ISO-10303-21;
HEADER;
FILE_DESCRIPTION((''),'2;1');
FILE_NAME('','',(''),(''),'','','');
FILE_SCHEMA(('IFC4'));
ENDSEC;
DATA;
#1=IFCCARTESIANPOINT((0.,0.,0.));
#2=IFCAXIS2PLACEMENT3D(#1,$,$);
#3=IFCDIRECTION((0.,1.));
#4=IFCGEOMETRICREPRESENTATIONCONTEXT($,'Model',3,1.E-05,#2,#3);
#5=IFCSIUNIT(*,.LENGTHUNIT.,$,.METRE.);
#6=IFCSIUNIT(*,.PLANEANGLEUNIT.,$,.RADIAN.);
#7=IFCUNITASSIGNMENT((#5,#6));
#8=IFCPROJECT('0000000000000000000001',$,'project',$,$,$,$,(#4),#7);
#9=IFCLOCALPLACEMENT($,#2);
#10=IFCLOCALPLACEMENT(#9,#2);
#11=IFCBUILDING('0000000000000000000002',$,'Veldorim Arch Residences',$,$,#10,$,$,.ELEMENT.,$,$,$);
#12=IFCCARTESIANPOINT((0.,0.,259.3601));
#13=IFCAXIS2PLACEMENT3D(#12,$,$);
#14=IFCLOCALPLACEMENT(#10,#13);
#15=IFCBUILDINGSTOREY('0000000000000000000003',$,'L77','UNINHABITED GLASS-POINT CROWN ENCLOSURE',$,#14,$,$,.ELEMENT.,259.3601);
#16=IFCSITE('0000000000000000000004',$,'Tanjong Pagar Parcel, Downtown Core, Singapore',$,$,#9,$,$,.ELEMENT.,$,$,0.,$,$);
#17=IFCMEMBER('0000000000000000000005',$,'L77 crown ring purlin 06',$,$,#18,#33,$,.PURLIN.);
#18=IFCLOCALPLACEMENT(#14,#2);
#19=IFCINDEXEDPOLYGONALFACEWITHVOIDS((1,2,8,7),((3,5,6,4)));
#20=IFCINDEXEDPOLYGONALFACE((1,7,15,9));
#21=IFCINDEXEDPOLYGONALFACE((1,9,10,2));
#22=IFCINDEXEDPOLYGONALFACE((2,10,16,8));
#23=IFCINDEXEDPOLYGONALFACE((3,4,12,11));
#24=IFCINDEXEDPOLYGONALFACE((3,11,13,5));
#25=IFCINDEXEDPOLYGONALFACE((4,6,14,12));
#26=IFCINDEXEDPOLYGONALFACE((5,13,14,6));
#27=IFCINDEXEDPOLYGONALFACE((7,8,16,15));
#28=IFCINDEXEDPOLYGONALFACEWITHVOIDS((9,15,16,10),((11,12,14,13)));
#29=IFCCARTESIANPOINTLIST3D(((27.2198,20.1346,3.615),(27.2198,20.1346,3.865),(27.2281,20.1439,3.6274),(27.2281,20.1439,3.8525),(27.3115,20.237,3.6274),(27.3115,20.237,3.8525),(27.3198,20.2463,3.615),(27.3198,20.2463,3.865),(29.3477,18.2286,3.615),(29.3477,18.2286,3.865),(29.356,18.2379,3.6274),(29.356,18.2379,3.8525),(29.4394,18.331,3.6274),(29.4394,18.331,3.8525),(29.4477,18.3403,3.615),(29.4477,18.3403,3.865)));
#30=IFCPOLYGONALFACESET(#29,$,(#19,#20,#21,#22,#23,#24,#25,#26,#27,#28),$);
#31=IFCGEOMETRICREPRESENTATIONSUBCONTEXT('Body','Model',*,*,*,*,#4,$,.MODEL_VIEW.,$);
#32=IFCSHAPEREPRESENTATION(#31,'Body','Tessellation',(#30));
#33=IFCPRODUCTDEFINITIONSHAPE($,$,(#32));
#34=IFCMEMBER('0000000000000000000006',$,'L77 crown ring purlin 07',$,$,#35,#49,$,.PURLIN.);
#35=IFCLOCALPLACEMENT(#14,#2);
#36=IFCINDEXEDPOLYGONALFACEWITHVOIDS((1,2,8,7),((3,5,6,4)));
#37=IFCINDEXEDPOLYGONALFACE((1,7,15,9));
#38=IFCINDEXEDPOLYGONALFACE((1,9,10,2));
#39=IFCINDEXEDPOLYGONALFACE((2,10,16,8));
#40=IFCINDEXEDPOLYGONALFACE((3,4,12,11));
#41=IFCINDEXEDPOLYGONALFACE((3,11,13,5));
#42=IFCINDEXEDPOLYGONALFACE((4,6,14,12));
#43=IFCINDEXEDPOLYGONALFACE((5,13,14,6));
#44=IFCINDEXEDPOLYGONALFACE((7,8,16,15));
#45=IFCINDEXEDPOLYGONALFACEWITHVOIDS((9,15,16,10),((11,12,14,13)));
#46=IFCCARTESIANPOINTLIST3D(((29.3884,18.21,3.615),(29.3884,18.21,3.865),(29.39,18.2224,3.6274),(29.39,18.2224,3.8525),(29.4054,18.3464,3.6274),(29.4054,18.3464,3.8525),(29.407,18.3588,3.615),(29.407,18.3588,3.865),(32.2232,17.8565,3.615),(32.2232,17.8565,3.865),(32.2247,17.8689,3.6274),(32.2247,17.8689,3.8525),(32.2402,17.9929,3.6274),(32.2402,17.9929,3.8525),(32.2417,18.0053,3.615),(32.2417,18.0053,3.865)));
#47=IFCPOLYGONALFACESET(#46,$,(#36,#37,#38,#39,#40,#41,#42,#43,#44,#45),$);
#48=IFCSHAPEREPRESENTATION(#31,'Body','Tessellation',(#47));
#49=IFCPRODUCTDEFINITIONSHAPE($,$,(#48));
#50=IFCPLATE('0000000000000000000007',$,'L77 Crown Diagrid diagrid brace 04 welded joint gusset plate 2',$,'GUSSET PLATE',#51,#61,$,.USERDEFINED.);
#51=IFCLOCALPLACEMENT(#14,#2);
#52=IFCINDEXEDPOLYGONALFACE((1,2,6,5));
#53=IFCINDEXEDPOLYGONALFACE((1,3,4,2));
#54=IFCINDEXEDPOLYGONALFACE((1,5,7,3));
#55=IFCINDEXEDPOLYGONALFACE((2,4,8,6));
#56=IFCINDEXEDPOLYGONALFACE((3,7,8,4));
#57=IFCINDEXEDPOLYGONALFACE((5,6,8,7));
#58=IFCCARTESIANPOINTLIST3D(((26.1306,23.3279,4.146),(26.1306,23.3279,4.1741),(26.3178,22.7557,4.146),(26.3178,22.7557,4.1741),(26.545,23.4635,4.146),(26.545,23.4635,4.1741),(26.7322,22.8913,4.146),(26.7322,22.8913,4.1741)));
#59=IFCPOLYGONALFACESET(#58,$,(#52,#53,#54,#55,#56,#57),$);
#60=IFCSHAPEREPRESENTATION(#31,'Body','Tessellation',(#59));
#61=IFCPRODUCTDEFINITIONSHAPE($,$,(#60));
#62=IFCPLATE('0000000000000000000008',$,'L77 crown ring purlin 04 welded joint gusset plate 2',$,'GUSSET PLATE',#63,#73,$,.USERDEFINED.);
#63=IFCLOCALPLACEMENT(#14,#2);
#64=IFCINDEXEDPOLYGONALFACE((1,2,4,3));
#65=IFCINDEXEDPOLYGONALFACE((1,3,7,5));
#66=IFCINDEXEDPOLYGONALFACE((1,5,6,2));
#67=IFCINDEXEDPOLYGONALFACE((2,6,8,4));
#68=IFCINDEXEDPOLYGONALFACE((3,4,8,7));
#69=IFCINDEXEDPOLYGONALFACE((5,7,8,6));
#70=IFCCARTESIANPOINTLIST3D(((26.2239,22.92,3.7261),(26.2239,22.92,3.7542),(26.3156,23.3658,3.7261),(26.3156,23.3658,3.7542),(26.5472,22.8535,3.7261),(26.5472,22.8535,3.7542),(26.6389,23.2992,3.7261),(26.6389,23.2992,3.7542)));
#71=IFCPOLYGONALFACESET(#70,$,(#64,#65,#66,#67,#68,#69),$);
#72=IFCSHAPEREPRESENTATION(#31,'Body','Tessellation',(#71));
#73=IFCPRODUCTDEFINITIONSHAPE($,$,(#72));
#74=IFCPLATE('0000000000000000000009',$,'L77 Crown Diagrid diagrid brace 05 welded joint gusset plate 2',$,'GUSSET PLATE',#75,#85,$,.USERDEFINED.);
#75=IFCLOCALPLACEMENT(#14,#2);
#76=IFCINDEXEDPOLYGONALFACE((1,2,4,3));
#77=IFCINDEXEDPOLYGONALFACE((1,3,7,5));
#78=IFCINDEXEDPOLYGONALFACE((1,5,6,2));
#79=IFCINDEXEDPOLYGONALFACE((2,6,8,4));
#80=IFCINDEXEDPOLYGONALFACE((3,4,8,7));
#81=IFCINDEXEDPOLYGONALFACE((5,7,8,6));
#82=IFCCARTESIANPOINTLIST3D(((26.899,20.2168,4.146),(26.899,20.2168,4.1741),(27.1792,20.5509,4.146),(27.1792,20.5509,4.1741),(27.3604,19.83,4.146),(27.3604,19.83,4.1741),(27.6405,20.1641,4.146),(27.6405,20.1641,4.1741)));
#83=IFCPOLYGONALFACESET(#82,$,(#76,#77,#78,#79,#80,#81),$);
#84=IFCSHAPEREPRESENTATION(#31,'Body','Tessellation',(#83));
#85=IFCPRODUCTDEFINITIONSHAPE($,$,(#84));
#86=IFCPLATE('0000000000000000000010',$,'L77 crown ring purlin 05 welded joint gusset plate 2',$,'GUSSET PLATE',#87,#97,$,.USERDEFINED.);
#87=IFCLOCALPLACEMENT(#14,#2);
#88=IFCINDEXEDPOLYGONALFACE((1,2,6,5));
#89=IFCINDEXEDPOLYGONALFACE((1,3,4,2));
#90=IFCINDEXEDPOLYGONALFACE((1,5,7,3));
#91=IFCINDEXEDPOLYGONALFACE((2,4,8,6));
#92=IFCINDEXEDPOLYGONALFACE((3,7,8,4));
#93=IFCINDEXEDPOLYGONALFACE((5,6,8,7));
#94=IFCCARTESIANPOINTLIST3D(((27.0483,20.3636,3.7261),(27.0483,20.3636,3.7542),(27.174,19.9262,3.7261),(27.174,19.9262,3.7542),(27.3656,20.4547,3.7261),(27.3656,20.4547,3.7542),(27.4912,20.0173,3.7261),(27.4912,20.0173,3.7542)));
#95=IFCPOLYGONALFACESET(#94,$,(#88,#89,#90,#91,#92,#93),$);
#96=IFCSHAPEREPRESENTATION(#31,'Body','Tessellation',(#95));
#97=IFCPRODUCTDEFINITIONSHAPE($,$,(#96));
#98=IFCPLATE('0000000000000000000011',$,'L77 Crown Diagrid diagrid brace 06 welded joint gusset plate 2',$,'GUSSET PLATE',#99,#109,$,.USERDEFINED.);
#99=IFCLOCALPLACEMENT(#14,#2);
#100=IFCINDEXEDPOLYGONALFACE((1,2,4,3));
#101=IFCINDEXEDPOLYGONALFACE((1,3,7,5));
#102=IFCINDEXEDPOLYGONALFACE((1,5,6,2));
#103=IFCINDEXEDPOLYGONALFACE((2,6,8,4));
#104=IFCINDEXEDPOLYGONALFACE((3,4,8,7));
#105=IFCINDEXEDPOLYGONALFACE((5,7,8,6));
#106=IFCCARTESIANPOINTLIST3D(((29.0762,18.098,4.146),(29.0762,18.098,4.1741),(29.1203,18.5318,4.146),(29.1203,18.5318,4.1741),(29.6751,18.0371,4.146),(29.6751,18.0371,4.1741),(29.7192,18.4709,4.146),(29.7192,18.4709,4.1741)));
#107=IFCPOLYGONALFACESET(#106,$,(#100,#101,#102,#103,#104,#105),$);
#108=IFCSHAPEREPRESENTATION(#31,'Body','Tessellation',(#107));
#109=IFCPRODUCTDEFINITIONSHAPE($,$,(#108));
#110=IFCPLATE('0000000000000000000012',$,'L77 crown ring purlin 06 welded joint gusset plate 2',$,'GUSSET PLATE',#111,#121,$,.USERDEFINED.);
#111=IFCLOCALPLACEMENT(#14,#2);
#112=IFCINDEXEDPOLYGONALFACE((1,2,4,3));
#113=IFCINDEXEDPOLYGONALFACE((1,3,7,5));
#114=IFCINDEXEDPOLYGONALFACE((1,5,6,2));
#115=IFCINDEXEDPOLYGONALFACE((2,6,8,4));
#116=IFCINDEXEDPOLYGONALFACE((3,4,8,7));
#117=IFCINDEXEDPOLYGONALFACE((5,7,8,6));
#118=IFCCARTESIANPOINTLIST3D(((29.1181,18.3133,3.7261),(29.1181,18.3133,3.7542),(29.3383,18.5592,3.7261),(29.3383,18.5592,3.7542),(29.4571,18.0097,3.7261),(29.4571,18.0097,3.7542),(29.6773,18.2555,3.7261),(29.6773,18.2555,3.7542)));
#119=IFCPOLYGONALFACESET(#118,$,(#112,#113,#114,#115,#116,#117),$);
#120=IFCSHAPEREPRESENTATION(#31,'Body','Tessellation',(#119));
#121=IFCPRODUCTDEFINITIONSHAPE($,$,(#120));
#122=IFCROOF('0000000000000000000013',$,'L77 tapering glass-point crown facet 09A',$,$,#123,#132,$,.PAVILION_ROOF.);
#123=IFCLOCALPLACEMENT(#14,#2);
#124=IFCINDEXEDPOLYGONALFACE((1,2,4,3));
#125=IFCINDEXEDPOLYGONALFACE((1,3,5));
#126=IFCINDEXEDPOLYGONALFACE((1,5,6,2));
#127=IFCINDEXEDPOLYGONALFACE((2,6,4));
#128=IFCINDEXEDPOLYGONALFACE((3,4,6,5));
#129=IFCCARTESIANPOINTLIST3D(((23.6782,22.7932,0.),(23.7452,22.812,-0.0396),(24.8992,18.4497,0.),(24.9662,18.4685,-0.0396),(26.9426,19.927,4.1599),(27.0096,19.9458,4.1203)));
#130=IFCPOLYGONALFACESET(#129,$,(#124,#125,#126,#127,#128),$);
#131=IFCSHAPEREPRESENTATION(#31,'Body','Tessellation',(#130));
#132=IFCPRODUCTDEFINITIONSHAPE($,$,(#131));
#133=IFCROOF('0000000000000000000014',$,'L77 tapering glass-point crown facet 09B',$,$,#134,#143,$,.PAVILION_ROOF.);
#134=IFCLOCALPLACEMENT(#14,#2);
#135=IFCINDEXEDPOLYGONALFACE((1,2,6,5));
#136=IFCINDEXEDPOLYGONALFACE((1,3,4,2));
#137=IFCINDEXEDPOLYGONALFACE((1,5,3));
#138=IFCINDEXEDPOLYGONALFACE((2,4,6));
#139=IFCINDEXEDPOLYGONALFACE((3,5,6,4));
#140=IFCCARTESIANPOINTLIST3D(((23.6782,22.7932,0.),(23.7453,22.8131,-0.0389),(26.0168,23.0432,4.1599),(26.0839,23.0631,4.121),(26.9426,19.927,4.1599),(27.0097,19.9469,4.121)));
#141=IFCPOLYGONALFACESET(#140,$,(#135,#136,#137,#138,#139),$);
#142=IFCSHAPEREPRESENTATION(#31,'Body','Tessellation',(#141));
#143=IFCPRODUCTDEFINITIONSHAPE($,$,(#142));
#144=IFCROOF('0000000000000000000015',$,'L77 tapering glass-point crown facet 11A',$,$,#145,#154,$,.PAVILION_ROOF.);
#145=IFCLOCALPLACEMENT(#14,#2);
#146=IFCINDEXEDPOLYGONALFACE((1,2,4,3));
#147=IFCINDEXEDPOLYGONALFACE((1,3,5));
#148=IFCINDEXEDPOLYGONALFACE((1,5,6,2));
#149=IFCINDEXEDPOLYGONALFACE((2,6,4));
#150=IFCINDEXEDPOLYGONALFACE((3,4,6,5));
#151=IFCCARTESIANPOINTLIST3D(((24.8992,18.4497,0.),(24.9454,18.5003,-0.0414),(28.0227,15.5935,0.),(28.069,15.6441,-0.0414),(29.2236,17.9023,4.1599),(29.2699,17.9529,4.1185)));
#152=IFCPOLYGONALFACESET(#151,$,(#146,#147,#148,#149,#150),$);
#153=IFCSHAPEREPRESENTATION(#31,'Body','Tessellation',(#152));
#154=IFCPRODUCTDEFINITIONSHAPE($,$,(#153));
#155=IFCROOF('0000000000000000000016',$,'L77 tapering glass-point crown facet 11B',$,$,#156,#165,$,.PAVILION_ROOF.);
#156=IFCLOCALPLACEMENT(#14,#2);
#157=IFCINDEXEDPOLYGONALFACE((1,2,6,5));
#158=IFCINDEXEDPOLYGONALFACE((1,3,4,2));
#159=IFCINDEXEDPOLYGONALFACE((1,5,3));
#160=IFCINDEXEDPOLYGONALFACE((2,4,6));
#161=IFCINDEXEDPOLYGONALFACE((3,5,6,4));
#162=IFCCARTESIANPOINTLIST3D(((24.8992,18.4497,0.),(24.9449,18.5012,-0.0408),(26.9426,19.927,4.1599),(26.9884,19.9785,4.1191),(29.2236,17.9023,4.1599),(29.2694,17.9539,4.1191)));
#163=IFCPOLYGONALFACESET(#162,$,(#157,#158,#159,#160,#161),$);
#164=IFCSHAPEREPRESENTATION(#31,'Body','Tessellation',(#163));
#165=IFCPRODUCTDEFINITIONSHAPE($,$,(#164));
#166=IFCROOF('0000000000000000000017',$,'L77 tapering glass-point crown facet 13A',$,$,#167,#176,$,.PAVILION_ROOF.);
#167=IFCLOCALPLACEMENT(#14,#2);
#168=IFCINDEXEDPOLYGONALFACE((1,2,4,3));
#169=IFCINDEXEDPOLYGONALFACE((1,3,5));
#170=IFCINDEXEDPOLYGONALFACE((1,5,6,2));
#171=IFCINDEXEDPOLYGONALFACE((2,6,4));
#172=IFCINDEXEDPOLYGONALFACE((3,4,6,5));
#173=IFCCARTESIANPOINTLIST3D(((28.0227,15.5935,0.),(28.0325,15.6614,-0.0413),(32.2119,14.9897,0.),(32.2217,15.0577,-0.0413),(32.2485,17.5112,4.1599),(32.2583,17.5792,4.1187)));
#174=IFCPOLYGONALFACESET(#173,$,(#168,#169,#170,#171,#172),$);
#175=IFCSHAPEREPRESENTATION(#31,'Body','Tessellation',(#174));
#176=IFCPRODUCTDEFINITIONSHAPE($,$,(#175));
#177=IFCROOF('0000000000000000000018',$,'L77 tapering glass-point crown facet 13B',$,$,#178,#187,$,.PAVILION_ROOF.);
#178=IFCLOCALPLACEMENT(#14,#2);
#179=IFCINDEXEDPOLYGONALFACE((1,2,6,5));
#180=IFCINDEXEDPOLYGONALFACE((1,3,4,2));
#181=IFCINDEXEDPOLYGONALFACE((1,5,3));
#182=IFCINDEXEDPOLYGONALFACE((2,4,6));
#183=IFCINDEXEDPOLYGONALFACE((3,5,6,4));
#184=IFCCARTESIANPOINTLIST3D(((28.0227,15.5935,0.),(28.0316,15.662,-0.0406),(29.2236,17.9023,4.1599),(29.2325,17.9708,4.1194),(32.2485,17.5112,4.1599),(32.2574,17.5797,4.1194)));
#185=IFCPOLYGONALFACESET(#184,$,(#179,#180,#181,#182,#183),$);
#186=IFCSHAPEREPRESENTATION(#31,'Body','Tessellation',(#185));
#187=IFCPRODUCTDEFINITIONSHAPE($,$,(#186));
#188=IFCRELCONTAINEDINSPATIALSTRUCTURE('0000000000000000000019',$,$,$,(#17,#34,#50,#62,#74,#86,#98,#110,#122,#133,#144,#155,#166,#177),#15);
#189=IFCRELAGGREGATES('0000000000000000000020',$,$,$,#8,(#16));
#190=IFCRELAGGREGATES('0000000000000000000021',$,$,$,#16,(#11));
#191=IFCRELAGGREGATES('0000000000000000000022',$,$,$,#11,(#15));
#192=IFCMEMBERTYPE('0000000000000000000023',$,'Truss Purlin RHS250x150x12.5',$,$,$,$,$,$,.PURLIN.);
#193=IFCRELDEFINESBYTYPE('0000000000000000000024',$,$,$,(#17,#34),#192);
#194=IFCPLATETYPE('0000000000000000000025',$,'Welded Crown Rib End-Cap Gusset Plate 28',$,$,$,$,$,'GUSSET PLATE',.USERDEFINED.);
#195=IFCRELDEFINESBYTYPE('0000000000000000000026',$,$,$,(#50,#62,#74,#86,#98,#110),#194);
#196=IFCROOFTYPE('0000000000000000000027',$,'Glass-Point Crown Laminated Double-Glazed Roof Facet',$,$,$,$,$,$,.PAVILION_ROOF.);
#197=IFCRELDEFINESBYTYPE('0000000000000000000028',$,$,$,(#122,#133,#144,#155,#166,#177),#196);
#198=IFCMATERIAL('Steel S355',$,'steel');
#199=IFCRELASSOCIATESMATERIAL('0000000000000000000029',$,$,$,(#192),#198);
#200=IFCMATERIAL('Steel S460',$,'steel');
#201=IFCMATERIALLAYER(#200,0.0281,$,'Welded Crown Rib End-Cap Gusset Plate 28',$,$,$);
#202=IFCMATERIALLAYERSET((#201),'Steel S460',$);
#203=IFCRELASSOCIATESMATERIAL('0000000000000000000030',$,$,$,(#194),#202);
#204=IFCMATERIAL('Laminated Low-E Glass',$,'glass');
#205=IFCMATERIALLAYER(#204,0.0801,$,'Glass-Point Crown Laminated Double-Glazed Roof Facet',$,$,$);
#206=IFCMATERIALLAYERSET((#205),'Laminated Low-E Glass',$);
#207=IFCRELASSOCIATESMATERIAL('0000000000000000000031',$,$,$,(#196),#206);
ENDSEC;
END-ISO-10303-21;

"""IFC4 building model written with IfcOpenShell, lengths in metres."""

from ifc_helpers import new_model, si_unit, direction, frame, origin, origin_2d, place, context, subcontext, project, spatial, polyline, rectangle, hollow_rectangle, outline, extrude, material, layer, layer_set, material_profile, profile_set, type_object, element, save


model = new_model("IFC4")

# Units and contexts
model_context = context("Model", 3, precision=1e-05, world=origin(), true_north=direction((0.0, 1.0)))
body_context = subcontext(model_context, "Body", "Model", "MODEL_VIEW")
ifc_project = project(units=[si_unit("LENGTHUNIT", "METRE"), si_unit("PLANEANGLEUNIT", "RADIAN")], contexts=[model_context])

# Site, building, storey
site_placement = place(None, origin())
site = spatial("IfcSite", under=ifc_project, at=site_placement, Name="Tanjong Pagar Parcel, Downtown Core, Singapore", CompositionType="ELEMENT", RefElevation=0.0)
building_placement = place(site_placement, origin())
building = spatial("IfcBuilding", under=site, at=building_placement, Name="Veldorim Arch Residences", CompositionType="ELEMENT")
storey_placement = place(building_placement, frame((0.0, 0.0, 259.3601)))
storey = spatial("IfcBuildingStorey", under=building, at=storey_placement, Name="L77", Description="UNINHABITED GLASS-POINT CROWN ENCLOSURE", CompositionType="ELEMENT", Elevation=259.3601)

# Members
ifc_material_1 = material(Name="Steel S355", Category="steel")
ifc_material_profile_1 = material_profile(ifc_material_1, hollow_rectangle(XDim=0.1499, YDim=0.25, WallThickness=0.0125, at=origin_2d()), Name="RHS250x150x12.5")
ifc_profile_set_1 = profile_set([ifc_material_profile_1], Name="Steel S355")
member_type_1 = type_object("IfcMemberType", Name="Truss Purlin RHS250x150x12.5", PredefinedType="PURLIN", material=ifc_profile_set_1)
for number, where, z_axis, x_axis, name in (
    (1, (27.2698, 20.1904, 3.74), (0.744881, -0.667197, 0.0), (0.667197, 0.744881, 0.0), "L77 crown ring purlin 06"),
    (2, (29.3977, 18.2844, 3.74), (0.992313, -0.123751, 0.0), (0.123751, 0.992313, 0.0), "L77 crown ring purlin 07"),
):
    element("IfcMember", number, at=place(storey_placement, frame(where, z_axis=z_axis, x_axis=x_axis)), inside=storey, type_object=member_type_1, Name=name, PredefinedType="PURLIN", context=body_context, shape_type="SweptSolid", body=[
        extrude(hollow_rectangle(XDim=0.1499, YDim=0.25, WallThickness=0.0125, at=origin_2d()), origin(), (0.0, 0.0, 1.0), 2.8567),
    ])

# Plates
ifc_material_2 = material(Name="Steel S460", Category="steel")
ifc_layer_1 = layer(ifc_material_2, 0.0281, Name="Welded Crown Rib End-Cap Gusset Plate 28")
ifc_layer_set_1 = layer_set([ifc_layer_1], Name="Steel S460")
plate_type = type_object("IfcPlateType", Name="Welded Crown Rib End-Cap Gusset Plate 28", ElementType="GUSSET PLATE", PredefinedType="USERDEFINED", material=ifc_layer_set_1)
plate_1_placement = place(storey_placement, frame((26.4314, 23.1096, 4.146), z_axis=(0.0, 0.0, 1.0), x_axis=(0.310958, -0.950424, 0.0)))
element("IfcPlate", 3, at=plate_1_placement, inside=storey, type_object=plate_type, Name="L77 Crown Diagrid diagrid brace 04 welded joint gusset plate 2", ObjectType="GUSSET PLATE", PredefinedType="USERDEFINED", context=body_context, shape_type="SweptSolid", body=[
    extrude(rectangle(XDim=0.6021, YDim=0.436, at=origin_2d()), origin(), (0.0, 0.0, 1.0), 0.0281),
])
plate_2_placement = place(storey_placement, frame((26.4314, 23.1096, 3.7261), z_axis=(0.0, 0.0, 1.0), x_axis=(-0.201625, -0.979463, 0.0)))
element("IfcPlate", 4, at=plate_2_placement, inside=storey, type_object=plate_type, Name="L77 crown ring purlin 04 welded joint gusset plate 2", ObjectType="GUSSET PLATE", PredefinedType="USERDEFINED", context=body_context, shape_type="SweptSolid", body=[
    extrude(rectangle(XDim=0.4551, YDim=0.3301, at=origin_2d()), origin(), (0.0, 0.0, 1.0), 0.0281),
])
plate_3_placement = place(storey_placement, frame((27.2698, 20.1904, 4.146), z_axis=(0.0, 0.0, 1.0), x_axis=(0.76628, -0.642507, 0.0)))
element("IfcPlate", 5, at=plate_3_placement, inside=storey, type_object=plate_type, Name="L77 Crown Diagrid diagrid brace 05 welded joint gusset plate 2", ObjectType="GUSSET PLATE", PredefinedType="USERDEFINED", context=body_context, shape_type="SweptSolid", body=[
    extrude(rectangle(XDim=0.6021, YDim=0.436, at=origin_2d()), origin(), (0.0, 0.0, 1.0), 0.0281),
])
plate_4_placement = place(storey_placement, frame((27.2698, 20.1904, 3.7261), z_axis=(0.0, 0.0, 1.0), x_axis=(0.276023, -0.961151, 0.0)))
element("IfcPlate", 6, at=plate_4_placement, inside=storey, type_object=plate_type, Name="L77 crown ring purlin 05 welded joint gusset plate 2", ObjectType="GUSSET PLATE", PredefinedType="USERDEFINED", context=body_context, shape_type="SweptSolid", body=[
    extrude(rectangle(XDim=0.4551, YDim=0.3301, at=origin_2d()), origin(), (0.0, 0.0, 1.0), 0.0281),
])
plate_5_placement = place(storey_placement, frame((29.3977, 18.2844, 4.146), z_axis=(0.0, 0.0, 1.0), x_axis=(0.99487, -0.10116, 0.0)))
element("IfcPlate", 7, at=plate_5_placement, inside=storey, type_object=plate_type, Name="L77 Crown Diagrid diagrid brace 06 welded joint gusset plate 2", ObjectType="GUSSET PLATE", PredefinedType="USERDEFINED", context=body_context, shape_type="SweptSolid", body=[
    extrude(rectangle(XDim=0.6021, YDim=0.436, at=origin_2d()), origin(), (0.0, 0.0, 1.0), 0.0281),
])
plate_6_placement = place(storey_placement, frame((29.3977, 18.2844, 3.7261), z_axis=(0.0, 0.0, 1.0), x_axis=(0.744882, -0.667196, 0.0)))
element("IfcPlate", 8, at=plate_6_placement, inside=storey, type_object=plate_type, Name="L77 crown ring purlin 06 welded joint gusset plate 2", ObjectType="GUSSET PLATE", PredefinedType="USERDEFINED", context=body_context, shape_type="SweptSolid", body=[
    extrude(rectangle(XDim=0.4551, YDim=0.3301, at=origin_2d()), origin(), (0.0, 0.0, 1.0), 0.0281),
])

# Roofs
ifc_material_3 = material(Name="Laminated Low-E Glass", Category="glass")
ifc_layer_2 = layer(ifc_material_3, 0.0801, Name="Glass-Point Crown Laminated Double-Glazed Roof Facet")
ifc_layer_set_2 = layer_set([ifc_layer_2], Name="Laminated Low-E Glass")
roof_type = type_object("IfcRoofType", Name="Glass-Point Crown Laminated Double-Glazed Roof Facet", PredefinedType="PAVILION_ROOF", material=ifc_layer_set_2)
roof_1_placement = place(storey_placement, frame((23.6782, 22.7932, 0.0), z_axis=(-0.836723, -0.2352, 0.494546), x_axis=(0.270609, -0.962689, 0.0)))
element("IfcRoof", 9, at=roof_1_placement, inside=storey, type_object=roof_type, Name="L77 tapering glass-point crown facet 09A", PredefinedType="PAVILION_ROOF", context=body_context, shape_type="SweptSolid", body=[
    extrude(outline(polyline([(0.0, 0.0), (4.5118, 0.0), (3.6426, 4.7862), (0.0, 0.0)])), origin(), (0.0, 0.0, -1.0), 0.0801),
])
roof_2_placement = place(storey_placement, frame((23.6782, 22.7932, 0.0), z_axis=(-0.837796, -0.248897, 0.485951), x_axis=(0.54274, -0.476536, 0.691627)))
element("IfcRoof", 10, at=roof_2_placement, inside=storey, type_object=roof_type, Name="L77 tapering glass-point crown facet 09B", PredefinedType="PAVILION_ROOF", context=body_context, shape_type="SweptSolid", body=[
    extrude(outline(polyline([(0.0, 0.0), (6.0147, 0.0), (4.0272, 2.5725), (0.0, 0.0)])), origin(), (0.0, 0.0, -1.0), 0.0801),
])
roof_3_placement = place(storey_placement, frame((24.8992, 18.4497, 0.0), z_axis=(-0.577527, -0.631582, 0.517268), x_axis=(0.737982, -0.67482, 0.0)))
element("IfcRoof", 11, at=roof_3_placement, inside=storey, type_object=roof_type, Name="L77 tapering glass-point crown facet 11A", PredefinedType="PAVILION_ROOF", context=body_context, shape_type="SweptSolid", body=[
    extrude(outline(polyline([(0.0, 0.0), (4.2325, 0.0), (3.5607, 4.8607), (0.0, 0.0)])), origin(), (0.0, 0.0, -1.0), 0.0801),
])
roof_4_placement = place(storey_placement, frame((24.8992, 18.4497, 0.0), z_axis=(-0.571317, -0.643653, 0.509224), x_axis=(0.717705, -0.090843, 0.690396)))
element("IfcRoof", 12, at=roof_4_placement, inside=storey, type_object=roof_type, Name="L77 tapering glass-point crown facet 11B", PredefinedType="PAVILION_ROOF", context=body_context, shape_type="SweptSolid", body=[
    extrude(outline(polyline([(0.0, 0.0), (6.0254, 0.0), (4.2044, 2.4467), (0.0, 0.0)])), origin(), (0.0, 0.0, -1.0), 0.0801),
])
roof_5_placement = place(storey_placement, frame((28.0227, 15.5935, 0.0), z_axis=(-0.122256, -0.848276, 0.515249), x_axis=(0.989773, -0.142649, 0.0)))
element("IfcRoof", 13, at=roof_5_placement, inside=storey, type_object=roof_type, Name="L77 tapering glass-point crown facet 13A", PredefinedType="PAVILION_ROOF", context=body_context, shape_type="SweptSolid", body=[
    extrude(outline(polyline([(0.0, 0.0), (4.2325, 0.0), (3.9091, 4.8538), (0.0, 0.0)])), origin(), (0.0, 0.0, -1.0), 0.0801),
])
roof_6_placement = place(storey_placement, frame((28.0227, 15.5935, 0.0), z_axis=(-0.110564, -0.855109, 0.506522), x_axis=(0.678065, 0.307713, 0.667488)))
element("IfcRoof", 14, at=roof_6_placement, inside=storey, type_object=roof_type, Name="L77 tapering glass-point crown facet 13B", PredefinedType="PAVILION_ROOF", context=body_context, shape_type="SweptSolid", body=[
    extrude(outline(polyline([(0.0, 0.0), (6.2322, 0.0), (4.3015, 2.3612), (0.0, 0.0)])), origin(), (0.0, 0.0, -1.0), 0.0801),
])

save(model, "model.ifc")
